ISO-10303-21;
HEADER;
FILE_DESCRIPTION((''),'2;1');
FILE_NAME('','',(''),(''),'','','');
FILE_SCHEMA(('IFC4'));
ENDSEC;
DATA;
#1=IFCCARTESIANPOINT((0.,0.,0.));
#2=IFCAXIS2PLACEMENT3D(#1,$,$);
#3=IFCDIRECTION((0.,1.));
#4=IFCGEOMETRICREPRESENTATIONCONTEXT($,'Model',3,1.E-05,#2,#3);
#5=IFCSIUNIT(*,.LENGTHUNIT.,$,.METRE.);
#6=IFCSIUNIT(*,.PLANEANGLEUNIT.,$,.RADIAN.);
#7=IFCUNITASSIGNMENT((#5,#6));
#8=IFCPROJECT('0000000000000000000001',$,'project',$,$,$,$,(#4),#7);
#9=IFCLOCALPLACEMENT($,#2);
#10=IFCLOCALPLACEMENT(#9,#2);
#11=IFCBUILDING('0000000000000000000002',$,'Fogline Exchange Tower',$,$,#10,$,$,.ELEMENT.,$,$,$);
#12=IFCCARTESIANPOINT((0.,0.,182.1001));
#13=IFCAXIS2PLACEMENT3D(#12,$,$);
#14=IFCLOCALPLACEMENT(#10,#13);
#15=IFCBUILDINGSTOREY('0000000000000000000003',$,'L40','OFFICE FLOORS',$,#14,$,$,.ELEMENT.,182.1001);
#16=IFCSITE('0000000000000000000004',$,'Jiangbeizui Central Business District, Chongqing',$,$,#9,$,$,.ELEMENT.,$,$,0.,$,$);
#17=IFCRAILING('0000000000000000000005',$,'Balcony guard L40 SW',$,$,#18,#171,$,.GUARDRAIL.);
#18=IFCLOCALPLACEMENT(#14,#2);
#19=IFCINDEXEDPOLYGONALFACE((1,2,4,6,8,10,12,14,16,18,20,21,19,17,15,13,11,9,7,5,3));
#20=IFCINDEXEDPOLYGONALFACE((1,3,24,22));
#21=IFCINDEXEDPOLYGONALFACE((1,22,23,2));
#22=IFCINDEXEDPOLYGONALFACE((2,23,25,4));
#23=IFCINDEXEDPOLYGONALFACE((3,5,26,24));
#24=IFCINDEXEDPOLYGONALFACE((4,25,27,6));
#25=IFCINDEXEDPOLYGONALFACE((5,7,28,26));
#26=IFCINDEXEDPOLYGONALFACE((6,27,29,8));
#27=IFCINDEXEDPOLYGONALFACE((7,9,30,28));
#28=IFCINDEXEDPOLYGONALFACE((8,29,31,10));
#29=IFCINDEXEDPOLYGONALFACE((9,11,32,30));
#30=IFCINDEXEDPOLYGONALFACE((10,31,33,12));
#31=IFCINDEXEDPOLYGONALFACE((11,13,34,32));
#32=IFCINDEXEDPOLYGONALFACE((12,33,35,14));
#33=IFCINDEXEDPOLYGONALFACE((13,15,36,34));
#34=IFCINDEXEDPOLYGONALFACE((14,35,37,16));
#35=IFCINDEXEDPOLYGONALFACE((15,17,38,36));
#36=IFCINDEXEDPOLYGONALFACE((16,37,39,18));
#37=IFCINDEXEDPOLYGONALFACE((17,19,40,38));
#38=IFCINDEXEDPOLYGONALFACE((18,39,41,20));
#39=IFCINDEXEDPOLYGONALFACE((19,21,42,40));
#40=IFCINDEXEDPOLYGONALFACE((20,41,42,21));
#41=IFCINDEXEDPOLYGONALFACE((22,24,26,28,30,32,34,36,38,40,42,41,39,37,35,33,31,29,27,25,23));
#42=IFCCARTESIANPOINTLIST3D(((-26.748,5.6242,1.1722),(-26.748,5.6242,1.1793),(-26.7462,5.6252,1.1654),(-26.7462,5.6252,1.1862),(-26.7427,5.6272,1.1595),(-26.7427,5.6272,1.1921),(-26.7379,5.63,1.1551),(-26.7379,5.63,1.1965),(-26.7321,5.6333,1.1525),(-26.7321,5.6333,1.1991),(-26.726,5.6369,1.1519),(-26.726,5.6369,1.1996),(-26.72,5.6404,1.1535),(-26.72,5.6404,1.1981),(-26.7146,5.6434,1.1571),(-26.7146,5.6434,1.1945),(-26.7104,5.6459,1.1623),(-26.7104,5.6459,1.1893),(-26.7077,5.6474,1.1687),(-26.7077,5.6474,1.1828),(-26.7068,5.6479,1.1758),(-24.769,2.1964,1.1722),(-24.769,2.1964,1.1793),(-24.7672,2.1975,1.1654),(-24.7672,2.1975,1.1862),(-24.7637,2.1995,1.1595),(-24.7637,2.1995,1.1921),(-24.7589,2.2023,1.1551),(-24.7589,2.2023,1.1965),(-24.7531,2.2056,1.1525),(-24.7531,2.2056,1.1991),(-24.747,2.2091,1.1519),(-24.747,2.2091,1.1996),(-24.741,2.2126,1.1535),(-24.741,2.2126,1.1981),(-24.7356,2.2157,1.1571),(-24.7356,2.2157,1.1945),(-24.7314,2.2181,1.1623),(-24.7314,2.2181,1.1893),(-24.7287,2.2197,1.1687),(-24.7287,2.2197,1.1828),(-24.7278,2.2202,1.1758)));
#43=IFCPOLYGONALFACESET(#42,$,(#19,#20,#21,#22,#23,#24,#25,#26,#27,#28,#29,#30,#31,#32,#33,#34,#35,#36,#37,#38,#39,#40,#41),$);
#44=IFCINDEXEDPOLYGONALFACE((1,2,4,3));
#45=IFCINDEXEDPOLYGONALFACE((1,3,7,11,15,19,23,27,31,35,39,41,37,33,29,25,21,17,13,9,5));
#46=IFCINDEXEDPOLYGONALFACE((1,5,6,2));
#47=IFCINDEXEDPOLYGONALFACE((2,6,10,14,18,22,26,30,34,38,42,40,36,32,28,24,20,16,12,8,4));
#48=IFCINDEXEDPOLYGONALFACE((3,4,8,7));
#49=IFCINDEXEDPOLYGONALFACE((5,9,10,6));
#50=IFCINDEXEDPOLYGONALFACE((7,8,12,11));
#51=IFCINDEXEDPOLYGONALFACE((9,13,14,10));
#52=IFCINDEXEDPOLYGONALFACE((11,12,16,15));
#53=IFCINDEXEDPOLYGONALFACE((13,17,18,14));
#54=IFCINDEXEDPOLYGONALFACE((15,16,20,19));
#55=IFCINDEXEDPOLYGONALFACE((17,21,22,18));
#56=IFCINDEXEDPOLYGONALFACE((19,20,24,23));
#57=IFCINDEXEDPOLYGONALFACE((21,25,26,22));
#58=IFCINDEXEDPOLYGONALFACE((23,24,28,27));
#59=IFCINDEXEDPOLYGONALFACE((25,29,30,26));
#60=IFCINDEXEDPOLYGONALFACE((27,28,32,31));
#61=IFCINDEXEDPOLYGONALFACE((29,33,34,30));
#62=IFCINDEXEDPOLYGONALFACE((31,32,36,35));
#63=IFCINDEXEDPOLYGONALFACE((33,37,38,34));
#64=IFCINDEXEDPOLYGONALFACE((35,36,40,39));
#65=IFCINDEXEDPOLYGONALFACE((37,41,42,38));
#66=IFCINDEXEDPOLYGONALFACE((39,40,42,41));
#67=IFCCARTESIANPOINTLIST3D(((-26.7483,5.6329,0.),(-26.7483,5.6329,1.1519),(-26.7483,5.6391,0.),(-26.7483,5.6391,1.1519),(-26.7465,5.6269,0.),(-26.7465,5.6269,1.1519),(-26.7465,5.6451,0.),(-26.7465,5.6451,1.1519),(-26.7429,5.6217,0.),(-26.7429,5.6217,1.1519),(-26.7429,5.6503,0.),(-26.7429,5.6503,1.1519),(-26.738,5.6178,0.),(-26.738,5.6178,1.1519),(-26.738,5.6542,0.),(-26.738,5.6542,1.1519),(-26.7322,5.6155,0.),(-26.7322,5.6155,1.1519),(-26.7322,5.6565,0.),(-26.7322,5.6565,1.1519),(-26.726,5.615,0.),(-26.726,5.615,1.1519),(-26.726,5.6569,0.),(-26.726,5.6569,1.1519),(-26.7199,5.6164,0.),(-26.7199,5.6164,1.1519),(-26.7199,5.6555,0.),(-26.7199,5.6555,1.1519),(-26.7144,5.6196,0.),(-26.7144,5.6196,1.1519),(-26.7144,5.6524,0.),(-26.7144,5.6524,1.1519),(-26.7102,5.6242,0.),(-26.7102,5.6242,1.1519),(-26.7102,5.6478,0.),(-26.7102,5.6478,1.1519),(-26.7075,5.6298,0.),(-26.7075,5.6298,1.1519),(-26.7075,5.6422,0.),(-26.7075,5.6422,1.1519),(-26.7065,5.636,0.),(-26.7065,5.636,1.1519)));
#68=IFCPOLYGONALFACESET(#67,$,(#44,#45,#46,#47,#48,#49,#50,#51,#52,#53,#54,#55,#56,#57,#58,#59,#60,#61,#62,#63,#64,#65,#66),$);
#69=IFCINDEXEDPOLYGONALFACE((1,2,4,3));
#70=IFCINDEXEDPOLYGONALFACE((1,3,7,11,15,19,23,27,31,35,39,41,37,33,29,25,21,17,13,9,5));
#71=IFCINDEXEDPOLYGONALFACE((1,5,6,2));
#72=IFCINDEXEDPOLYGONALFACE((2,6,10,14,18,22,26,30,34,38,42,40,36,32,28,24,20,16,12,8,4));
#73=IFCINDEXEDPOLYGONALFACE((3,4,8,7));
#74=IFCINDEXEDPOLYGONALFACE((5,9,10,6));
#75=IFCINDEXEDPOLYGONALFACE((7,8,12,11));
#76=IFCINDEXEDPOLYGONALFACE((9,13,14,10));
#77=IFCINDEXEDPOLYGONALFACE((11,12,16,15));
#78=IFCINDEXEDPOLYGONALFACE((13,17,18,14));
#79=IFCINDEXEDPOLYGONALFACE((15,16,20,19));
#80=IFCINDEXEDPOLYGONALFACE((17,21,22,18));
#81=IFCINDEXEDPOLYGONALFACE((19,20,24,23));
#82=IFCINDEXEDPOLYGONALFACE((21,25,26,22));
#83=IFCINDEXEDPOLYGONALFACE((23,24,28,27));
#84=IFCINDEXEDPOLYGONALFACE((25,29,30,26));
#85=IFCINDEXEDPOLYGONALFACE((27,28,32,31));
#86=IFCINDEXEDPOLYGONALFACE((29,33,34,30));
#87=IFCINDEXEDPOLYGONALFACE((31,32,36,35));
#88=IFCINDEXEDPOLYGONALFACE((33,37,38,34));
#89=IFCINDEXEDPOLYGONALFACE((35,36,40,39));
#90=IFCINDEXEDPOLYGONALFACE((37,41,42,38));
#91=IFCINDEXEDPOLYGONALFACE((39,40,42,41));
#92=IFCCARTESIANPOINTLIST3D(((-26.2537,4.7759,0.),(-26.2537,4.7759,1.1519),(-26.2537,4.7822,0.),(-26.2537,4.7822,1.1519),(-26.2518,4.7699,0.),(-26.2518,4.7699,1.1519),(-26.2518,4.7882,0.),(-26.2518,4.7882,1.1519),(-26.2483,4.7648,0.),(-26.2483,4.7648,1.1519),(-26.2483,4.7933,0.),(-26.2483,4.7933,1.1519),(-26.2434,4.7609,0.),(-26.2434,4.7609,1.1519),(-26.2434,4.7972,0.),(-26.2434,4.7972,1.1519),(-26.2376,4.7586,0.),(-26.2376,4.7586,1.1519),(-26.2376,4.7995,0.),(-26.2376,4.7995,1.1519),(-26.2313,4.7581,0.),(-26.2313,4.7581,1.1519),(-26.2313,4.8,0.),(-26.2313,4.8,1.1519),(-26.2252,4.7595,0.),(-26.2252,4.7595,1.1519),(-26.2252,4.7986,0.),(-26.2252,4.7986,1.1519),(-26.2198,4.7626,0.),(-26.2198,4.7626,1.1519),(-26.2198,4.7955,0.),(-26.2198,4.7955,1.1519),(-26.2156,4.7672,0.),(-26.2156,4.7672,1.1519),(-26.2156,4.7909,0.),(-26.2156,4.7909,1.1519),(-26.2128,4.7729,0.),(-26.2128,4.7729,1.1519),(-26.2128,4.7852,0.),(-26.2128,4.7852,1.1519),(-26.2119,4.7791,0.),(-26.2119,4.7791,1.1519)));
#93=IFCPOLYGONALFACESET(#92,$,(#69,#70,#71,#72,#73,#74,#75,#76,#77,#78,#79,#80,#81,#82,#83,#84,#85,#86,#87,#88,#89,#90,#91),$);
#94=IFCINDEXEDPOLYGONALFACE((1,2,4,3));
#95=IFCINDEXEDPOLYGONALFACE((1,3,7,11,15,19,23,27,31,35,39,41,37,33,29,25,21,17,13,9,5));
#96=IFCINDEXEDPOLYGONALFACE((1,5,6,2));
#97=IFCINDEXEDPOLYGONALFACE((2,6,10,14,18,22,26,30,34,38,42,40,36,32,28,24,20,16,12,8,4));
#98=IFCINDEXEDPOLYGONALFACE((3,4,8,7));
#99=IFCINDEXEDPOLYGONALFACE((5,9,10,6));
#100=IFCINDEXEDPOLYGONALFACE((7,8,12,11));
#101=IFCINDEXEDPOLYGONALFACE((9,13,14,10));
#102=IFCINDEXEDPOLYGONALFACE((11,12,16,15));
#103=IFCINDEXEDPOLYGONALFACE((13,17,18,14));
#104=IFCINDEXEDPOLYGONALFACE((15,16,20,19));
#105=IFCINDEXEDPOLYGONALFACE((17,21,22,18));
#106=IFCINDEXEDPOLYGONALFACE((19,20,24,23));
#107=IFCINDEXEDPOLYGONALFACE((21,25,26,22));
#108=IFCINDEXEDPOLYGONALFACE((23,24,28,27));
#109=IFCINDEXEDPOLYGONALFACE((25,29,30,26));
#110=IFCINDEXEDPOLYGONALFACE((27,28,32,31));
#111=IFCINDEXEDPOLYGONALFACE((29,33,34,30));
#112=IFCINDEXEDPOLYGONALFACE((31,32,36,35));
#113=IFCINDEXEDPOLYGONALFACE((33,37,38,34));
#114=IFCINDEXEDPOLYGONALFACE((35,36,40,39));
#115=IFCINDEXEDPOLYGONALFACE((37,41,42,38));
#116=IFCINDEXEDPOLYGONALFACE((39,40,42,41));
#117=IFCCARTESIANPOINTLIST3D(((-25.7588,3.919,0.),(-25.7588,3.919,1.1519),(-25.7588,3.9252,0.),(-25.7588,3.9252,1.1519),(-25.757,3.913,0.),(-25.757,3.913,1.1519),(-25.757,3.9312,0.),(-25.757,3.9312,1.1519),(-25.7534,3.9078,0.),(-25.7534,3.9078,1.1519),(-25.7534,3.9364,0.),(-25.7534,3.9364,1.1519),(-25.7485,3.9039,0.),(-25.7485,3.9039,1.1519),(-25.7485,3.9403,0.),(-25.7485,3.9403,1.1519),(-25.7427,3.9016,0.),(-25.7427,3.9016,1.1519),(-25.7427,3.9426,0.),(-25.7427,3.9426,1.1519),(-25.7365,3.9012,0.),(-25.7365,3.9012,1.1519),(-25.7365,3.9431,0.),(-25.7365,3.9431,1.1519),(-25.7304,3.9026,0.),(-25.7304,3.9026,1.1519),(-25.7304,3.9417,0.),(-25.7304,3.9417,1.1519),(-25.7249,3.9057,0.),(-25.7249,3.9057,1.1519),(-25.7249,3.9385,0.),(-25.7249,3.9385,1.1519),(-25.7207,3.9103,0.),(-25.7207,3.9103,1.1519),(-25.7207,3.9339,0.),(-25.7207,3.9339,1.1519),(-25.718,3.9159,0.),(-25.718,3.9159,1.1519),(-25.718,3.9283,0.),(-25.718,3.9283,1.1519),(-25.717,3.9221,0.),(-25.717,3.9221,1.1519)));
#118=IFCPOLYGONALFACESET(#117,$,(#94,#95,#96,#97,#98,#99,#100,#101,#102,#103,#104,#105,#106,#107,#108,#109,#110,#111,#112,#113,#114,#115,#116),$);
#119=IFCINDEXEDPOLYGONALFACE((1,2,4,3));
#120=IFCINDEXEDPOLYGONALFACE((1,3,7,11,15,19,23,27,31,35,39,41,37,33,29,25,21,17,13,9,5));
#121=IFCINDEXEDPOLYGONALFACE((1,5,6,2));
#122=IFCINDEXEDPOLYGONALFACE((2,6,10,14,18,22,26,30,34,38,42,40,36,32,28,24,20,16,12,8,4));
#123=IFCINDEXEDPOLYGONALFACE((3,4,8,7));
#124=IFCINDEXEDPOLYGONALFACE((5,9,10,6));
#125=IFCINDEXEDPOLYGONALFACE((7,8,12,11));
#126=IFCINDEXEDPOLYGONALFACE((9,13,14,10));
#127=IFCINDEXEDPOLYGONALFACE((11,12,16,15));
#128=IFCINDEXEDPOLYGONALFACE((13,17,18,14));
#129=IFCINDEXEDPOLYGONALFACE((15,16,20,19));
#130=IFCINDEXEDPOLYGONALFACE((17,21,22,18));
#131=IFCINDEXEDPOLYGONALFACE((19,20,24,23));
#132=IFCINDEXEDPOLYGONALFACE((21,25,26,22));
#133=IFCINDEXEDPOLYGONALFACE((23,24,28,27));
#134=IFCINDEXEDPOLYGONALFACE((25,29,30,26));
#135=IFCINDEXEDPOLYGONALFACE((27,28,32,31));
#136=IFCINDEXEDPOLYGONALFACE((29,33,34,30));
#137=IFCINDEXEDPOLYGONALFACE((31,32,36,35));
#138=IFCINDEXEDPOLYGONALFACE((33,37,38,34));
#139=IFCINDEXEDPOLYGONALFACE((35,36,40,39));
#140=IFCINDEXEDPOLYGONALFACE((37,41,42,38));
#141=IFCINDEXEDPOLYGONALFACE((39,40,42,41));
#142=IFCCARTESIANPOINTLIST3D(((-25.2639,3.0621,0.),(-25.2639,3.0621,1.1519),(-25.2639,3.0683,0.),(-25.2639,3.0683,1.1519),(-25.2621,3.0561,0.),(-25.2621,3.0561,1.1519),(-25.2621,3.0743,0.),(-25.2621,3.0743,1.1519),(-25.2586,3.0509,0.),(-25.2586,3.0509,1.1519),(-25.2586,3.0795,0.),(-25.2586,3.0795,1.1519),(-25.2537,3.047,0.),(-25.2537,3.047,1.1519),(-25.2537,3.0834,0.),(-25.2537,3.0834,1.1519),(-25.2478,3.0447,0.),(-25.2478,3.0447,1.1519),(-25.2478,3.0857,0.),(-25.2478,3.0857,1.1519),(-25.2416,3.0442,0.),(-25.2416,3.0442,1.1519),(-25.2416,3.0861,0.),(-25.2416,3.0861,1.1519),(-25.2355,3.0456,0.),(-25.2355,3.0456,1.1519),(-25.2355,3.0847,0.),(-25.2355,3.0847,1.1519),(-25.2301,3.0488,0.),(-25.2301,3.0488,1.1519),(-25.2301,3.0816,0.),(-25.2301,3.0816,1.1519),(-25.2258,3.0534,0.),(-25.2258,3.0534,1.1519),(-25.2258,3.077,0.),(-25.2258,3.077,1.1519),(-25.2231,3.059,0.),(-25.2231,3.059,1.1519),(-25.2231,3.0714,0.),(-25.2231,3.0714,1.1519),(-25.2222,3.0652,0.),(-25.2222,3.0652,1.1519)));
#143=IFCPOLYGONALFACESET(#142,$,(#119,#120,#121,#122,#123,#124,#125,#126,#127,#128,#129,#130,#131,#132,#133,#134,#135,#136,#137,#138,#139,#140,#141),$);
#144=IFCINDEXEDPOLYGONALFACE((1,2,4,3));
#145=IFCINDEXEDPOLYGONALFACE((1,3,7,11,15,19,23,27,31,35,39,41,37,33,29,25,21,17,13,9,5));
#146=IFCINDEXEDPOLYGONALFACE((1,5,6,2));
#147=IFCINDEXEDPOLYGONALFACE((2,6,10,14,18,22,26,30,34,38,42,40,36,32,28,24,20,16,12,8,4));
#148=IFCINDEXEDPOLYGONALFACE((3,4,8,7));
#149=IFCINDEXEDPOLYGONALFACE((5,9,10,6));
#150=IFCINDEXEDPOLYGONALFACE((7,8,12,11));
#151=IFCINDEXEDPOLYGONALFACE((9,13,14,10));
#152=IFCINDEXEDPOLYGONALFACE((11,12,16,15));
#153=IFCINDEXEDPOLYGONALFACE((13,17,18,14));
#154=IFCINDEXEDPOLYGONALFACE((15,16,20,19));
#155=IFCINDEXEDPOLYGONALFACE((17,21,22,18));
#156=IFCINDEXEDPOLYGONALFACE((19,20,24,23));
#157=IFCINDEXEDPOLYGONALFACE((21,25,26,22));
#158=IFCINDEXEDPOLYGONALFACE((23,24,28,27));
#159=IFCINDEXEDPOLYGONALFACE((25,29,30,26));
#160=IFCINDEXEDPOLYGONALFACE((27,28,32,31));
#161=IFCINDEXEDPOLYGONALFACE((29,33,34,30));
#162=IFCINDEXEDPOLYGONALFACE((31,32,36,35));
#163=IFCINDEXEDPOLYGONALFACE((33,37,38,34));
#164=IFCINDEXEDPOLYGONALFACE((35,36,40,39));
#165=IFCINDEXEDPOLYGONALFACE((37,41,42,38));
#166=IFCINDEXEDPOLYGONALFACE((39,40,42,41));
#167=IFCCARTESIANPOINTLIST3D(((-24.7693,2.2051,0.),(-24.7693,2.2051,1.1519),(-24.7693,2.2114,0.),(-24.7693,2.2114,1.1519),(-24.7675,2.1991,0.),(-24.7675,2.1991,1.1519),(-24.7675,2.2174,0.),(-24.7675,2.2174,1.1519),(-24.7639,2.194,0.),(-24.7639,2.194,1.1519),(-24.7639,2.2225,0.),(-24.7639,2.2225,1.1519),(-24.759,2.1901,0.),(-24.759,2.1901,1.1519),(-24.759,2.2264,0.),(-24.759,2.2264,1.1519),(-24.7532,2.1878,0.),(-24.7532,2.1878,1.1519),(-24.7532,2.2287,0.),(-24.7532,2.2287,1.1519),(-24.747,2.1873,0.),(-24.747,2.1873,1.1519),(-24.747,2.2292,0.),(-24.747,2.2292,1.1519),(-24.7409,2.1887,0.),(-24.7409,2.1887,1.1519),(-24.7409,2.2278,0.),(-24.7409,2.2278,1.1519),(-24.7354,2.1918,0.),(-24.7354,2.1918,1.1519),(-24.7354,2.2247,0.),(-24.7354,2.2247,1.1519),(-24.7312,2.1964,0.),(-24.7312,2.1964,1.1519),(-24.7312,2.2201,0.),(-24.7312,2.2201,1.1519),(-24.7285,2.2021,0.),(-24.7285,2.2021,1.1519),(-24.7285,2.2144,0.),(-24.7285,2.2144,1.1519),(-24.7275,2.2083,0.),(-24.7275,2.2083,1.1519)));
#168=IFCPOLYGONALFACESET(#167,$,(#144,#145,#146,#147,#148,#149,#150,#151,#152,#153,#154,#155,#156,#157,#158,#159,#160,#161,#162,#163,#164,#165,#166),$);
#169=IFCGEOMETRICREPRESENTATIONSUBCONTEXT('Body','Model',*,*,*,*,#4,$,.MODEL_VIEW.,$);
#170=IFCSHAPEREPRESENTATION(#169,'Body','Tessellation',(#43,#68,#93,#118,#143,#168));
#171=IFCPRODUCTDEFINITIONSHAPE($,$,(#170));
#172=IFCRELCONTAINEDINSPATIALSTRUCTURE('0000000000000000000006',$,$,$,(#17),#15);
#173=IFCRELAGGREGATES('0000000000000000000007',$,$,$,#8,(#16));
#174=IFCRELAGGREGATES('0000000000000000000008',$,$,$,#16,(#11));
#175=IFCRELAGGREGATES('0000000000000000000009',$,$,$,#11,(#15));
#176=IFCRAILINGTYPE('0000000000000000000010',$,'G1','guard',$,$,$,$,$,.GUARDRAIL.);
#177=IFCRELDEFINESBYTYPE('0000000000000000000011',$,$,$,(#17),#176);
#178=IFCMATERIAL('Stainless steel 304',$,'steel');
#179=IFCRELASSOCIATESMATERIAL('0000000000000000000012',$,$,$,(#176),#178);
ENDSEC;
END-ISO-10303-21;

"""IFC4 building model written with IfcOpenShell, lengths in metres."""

from ifc_helpers import new_model, si_unit, direction, frame, origin, origin_2d, place, context, subcontext, project, spatial, circle, extrude, material, type_object, element, save


model = new_model("IFC4")

# Units and contexts
model_context = context("Model", 3, precision=1e-05, world=origin(), true_north=direction((0.0, 1.0)))
body_context = subcontext(model_context, "Body", "Model", "MODEL_VIEW")
ifc_project = project(units=[si_unit("LENGTHUNIT", "METRE"), si_unit("PLANEANGLEUNIT", "RADIAN")], contexts=[model_context])

# Site, building, storey
site_placement = place(None, origin())
site = spatial("IfcSite", under=ifc_project, at=site_placement, Name="Jiangbeizui Central Business District, Chongqing", CompositionType="ELEMENT", RefElevation=0.0)
building_placement = place(site_placement, origin())
building = spatial("IfcBuilding", under=site, at=building_placement, Name="Fogline Exchange Tower", CompositionType="ELEMENT")
storey_placement = place(building_placement, frame((0.0, 0.0, 182.1001)))
storey = spatial("IfcBuildingStorey", under=building, at=storey_placement, Name="L40", Description="OFFICE FLOORS", CompositionType="ELEMENT", Elevation=182.1001)

# Railing
ifc_material_1 = material(Name="Stainless steel 304", Category="steel")
railing_type = type_object("IfcRailingType", Name="G1", Description="guard", PredefinedType="GUARDRAIL", material=ifc_material_1)
railing_placement = place(storey_placement, frame((-26.7275, 5.636, 0.0)))
element("IfcRailing", 1, at=railing_placement, inside=storey, type_object=railing_type, Name="Balcony guard L40 SW", PredefinedType="GUARDRAIL", context=body_context, shape_type="SweptSolid", body=[
    extrude(circle(Radius=0.0239, at=origin_2d()), frame((0.0, 0.0, 1.1758), z_axis=(0.5, -0.866025, 0.0), x_axis=(0.866025, 0.5, 0.0)), (0.0, 0.0, 1.0), 3.958),
    extrude(circle(Radius=0.021, at=origin_2d()), origin(), (0.0, 0.0, 1.0), 1.1519),
    extrude(circle(Radius=0.021, at=origin_2d()), frame((0.4946, -0.8569, 0.0)), (0.0, 0.0, 1.0), 1.1519),
    extrude(circle(Radius=0.021, at=origin_2d()), frame((0.9895, -1.7139, 0.0)), (0.0, 0.0, 1.0), 1.1519),
    extrude(circle(Radius=0.021, at=origin_2d()), frame((1.4844, -2.5708, 0.0)), (0.0, 0.0, 1.0), 1.1519),
    extrude(circle(Radius=0.021, at=origin_2d()), frame((1.979, -3.4277, 0.0)), (0.0, 0.0, 1.0), 1.1519),
])

save(model, "model.ifc")
